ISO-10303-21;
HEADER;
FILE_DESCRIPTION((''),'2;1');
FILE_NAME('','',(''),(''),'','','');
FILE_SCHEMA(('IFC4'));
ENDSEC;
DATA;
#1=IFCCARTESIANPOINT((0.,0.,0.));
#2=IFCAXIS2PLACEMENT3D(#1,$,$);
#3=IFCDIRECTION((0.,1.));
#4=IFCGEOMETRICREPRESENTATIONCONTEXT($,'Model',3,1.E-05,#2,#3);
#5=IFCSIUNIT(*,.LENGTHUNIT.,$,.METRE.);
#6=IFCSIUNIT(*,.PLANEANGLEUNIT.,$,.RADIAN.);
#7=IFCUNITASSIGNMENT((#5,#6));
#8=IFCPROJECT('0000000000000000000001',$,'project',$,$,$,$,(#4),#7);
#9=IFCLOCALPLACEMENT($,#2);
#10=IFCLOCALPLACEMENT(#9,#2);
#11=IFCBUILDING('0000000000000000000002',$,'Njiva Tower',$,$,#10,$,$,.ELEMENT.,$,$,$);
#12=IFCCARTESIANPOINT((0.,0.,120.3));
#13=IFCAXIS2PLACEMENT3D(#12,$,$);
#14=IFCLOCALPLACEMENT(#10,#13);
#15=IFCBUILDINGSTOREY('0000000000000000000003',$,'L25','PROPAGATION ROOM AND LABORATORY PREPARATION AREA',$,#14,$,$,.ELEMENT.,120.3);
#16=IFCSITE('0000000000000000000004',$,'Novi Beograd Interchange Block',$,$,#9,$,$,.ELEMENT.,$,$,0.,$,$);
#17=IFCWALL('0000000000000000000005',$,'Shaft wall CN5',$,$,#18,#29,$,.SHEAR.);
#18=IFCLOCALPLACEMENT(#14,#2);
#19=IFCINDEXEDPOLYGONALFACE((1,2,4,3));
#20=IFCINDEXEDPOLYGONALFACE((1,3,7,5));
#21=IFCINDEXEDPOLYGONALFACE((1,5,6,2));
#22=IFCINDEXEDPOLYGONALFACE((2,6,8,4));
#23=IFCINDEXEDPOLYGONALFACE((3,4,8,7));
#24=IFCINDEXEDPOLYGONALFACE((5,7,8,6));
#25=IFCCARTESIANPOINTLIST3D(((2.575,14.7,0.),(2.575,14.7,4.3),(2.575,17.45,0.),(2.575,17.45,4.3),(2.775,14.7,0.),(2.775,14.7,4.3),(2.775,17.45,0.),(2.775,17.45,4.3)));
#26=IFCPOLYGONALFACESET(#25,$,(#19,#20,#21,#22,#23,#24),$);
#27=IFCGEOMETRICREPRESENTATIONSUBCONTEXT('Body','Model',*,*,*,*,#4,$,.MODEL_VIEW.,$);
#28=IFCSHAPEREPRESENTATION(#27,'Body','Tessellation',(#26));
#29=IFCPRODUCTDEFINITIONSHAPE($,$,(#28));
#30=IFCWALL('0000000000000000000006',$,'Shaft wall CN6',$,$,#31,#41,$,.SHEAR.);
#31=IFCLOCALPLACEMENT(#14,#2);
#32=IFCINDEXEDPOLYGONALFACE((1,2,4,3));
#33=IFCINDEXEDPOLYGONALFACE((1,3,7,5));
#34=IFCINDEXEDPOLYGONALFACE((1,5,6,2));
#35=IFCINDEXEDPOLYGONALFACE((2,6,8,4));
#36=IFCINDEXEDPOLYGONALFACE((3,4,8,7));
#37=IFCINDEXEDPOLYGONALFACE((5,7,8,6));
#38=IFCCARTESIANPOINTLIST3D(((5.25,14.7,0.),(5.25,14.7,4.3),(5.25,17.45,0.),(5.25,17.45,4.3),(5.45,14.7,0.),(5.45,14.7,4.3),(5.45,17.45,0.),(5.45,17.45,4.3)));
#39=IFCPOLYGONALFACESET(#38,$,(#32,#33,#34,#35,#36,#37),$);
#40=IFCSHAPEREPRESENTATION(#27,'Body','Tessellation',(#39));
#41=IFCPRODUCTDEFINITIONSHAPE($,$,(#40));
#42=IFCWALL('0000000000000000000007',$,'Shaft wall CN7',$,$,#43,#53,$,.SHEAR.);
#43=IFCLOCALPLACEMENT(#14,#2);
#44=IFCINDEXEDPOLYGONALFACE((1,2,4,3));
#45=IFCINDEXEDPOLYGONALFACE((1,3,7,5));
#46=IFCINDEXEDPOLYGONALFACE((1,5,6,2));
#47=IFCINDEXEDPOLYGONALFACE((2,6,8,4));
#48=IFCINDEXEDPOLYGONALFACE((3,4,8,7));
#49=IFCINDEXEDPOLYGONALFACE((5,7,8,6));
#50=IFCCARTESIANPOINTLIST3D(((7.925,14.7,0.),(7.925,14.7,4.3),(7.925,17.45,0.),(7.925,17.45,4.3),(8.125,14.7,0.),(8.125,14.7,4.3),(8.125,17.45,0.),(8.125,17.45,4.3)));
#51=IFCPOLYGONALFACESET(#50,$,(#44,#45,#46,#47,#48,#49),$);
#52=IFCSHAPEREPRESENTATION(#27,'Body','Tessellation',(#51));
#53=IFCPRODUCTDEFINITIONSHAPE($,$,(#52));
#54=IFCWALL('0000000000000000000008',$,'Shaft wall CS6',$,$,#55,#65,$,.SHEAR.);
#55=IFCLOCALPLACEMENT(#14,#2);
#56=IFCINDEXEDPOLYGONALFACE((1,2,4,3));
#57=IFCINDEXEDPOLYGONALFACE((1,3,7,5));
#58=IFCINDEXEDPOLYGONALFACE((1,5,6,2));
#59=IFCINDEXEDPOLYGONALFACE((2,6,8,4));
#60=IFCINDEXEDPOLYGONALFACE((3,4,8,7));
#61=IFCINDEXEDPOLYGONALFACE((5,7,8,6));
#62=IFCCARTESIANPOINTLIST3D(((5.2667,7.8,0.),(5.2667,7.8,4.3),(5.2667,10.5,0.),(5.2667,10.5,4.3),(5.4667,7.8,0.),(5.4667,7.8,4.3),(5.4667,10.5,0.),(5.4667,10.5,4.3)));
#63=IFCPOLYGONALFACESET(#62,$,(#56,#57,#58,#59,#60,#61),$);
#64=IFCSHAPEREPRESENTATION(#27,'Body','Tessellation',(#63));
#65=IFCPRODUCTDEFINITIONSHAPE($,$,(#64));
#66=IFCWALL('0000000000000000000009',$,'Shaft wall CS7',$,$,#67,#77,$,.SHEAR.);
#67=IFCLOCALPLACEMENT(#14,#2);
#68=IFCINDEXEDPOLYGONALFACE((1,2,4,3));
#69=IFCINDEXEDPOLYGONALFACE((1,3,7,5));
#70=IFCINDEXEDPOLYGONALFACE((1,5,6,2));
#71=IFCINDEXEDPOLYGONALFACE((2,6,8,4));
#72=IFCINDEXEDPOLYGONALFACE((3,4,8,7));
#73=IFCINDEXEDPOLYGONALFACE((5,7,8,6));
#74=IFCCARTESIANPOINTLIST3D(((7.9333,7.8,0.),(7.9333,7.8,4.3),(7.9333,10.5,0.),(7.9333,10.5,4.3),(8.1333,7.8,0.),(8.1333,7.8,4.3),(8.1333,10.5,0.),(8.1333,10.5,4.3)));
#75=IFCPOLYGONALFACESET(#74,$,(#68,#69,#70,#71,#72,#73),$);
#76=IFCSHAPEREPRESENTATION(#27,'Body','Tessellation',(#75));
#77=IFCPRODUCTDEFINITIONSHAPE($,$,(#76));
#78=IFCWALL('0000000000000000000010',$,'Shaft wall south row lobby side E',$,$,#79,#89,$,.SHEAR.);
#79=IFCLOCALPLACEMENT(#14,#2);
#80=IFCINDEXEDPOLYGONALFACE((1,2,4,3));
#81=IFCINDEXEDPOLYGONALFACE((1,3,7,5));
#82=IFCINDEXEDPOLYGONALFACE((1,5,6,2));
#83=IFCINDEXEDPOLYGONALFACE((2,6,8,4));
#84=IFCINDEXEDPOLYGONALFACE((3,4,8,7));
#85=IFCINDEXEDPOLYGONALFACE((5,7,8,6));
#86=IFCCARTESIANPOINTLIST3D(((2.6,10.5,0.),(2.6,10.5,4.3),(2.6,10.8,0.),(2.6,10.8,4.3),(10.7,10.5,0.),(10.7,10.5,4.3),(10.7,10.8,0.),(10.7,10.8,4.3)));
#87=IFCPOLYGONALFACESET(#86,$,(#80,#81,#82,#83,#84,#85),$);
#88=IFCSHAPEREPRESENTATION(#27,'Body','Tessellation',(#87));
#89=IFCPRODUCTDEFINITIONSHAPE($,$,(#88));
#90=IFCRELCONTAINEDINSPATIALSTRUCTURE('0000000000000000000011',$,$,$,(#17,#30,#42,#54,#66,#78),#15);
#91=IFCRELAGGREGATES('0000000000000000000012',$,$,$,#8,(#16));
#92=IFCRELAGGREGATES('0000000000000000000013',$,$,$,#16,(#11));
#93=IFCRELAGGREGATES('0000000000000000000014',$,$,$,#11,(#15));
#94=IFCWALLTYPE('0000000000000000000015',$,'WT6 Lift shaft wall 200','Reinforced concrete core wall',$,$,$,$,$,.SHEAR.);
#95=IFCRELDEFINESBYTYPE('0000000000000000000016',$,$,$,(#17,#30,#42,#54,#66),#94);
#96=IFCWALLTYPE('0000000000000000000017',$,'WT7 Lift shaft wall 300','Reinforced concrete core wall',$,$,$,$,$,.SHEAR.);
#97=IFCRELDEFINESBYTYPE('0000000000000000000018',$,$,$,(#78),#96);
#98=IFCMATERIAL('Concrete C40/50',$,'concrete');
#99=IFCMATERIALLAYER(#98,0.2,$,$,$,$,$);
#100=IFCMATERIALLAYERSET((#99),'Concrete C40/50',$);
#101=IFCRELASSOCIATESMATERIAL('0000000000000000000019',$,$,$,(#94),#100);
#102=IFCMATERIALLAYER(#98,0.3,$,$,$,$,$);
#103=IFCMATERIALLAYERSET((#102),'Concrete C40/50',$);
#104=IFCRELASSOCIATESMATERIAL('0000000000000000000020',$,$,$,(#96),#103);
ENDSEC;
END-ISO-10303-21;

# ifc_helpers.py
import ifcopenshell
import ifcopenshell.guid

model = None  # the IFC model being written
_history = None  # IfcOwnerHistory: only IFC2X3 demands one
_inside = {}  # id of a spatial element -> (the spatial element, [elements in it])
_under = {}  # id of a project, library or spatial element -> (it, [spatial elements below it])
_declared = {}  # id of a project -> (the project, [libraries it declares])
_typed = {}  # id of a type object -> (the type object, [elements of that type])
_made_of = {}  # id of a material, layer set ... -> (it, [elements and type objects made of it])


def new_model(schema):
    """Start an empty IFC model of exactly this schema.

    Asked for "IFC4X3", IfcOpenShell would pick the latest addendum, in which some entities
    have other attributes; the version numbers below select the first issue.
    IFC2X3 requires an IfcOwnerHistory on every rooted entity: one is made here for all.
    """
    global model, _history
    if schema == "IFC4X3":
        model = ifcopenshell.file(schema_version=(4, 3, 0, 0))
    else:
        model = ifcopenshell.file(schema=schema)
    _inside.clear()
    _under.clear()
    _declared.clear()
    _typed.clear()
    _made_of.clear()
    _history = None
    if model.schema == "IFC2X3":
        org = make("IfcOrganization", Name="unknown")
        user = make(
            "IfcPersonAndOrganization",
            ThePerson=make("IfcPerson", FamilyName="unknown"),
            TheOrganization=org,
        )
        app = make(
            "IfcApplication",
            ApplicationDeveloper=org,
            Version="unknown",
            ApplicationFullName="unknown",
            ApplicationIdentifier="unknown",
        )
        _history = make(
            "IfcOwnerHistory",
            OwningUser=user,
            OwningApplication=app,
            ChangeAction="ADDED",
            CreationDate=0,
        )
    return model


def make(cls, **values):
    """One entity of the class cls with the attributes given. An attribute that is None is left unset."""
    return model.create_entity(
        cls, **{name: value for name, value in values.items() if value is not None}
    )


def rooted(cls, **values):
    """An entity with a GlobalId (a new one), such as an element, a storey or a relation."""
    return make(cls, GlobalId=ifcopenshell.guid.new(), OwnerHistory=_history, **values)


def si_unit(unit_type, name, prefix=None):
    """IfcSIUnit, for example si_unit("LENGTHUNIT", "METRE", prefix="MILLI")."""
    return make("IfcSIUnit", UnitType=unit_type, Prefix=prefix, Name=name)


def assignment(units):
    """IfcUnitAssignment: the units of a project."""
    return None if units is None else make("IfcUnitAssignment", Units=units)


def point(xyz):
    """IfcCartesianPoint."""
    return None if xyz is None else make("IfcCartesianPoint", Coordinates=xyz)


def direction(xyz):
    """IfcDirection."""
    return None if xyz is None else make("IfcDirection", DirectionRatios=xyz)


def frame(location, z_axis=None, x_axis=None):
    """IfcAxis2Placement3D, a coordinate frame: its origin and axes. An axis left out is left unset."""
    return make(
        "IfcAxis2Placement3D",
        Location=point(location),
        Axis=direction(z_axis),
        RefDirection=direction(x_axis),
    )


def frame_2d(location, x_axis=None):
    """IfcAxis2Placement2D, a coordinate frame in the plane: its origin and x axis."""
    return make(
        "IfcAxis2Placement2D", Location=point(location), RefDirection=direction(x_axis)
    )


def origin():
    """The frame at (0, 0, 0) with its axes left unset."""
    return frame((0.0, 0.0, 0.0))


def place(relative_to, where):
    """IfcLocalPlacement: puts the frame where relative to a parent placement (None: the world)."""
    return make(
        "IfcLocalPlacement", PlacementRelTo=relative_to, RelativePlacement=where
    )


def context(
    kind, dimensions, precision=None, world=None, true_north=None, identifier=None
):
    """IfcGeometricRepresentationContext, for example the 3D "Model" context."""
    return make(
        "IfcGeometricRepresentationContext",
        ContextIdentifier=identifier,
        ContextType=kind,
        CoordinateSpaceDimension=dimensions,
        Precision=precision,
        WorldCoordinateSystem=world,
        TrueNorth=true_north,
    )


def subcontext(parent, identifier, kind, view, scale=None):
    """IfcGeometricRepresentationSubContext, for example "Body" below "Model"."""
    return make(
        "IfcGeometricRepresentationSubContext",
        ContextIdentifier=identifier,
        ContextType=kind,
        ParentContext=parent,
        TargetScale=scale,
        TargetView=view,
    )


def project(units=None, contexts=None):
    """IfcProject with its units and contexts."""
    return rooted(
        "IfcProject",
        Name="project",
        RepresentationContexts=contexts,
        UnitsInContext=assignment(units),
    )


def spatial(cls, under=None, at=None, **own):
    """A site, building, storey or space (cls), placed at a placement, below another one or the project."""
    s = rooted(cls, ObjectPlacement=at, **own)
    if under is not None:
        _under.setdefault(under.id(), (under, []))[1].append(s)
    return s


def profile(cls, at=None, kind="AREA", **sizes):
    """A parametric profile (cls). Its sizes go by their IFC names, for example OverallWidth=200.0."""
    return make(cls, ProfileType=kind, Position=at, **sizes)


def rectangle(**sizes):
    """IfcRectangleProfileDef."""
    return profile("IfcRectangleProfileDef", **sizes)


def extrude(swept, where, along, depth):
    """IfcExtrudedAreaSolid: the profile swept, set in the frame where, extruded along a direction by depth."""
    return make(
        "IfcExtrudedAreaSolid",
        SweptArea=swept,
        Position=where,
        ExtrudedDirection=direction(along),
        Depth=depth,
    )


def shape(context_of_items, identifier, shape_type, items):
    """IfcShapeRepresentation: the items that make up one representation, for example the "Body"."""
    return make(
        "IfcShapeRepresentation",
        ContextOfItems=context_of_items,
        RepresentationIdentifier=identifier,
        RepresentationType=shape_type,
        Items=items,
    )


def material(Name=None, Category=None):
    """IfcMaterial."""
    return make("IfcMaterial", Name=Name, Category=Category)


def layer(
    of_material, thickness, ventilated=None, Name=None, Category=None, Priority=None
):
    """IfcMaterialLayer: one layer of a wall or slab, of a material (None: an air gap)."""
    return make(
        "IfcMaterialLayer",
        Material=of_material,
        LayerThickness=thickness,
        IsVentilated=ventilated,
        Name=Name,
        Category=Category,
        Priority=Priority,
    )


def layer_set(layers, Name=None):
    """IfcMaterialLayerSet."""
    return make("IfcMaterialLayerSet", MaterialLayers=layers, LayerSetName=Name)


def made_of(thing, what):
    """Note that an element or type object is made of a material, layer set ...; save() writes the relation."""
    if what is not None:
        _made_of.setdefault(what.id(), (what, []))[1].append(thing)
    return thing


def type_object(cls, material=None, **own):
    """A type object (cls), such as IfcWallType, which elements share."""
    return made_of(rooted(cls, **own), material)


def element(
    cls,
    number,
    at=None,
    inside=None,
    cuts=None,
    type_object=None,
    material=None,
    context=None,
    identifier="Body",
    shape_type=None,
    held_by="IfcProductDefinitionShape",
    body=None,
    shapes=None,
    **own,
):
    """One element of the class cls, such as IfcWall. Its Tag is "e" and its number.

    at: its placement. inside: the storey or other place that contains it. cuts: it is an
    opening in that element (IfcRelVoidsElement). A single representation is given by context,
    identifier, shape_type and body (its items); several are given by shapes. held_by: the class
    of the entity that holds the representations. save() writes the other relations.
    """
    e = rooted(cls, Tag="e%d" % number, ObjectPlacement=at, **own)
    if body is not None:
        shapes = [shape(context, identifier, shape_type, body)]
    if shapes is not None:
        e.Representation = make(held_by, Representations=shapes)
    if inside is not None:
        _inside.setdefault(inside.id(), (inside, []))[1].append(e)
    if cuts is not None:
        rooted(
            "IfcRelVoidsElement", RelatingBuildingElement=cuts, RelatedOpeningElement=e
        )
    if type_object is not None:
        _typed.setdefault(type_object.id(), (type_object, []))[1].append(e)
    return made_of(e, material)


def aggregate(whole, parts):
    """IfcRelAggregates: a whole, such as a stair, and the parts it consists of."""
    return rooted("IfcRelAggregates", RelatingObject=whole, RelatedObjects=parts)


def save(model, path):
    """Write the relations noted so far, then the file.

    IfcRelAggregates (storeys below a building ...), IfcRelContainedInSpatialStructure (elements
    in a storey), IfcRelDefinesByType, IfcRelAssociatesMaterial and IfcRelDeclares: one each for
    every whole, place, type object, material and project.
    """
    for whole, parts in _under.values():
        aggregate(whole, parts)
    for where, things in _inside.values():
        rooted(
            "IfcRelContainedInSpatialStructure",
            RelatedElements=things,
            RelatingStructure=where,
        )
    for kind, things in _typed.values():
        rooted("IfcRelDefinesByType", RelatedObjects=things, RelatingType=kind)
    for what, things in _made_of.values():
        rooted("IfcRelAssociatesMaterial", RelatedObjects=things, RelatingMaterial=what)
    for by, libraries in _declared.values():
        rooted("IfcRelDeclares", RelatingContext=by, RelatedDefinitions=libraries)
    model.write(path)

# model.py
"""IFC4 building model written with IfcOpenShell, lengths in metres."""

from ifc_helpers import new_model, si_unit, direction, frame, frame_2d, origin, place, context, subcontext, project, spatial, rectangle, extrude, material, layer, layer_set, type_object, element, save


model = new_model("IFC4")

# Units and contexts
model_context = context("Model", 3, precision=1e-05, world=origin(), true_north=direction((0.0, 1.0)))
body_context = subcontext(model_context, "Body", "Model", "MODEL_VIEW")
ifc_project = project(units=[si_unit("LENGTHUNIT", "METRE"), si_unit("PLANEANGLEUNIT", "RADIAN")], contexts=[model_context])

# Site, building, storey
site_placement = place(None, origin())
site = spatial("IfcSite", under=ifc_project, at=site_placement, Name="Novi Beograd Interchange Block", CompositionType="ELEMENT", RefElevation=0.0)
building_placement = place(site_placement, origin())
building = spatial("IfcBuilding", under=site, at=building_placement, Name="Njiva Tower", CompositionType="ELEMENT")
storey_placement = place(building_placement, frame((0.0, 0.0, 120.3)))
storey = spatial("IfcBuildingStorey", under=building, at=storey_placement, Name="L25", Description="PROPAGATION ROOM AND LABORATORY PREPARATION AREA", CompositionType="ELEMENT", Elevation=120.3)

# Shared definitions
ifc_material_1 = material(Name="Concrete C40/50", Category="concrete")

# Walls
ifc_layer_1 = layer(ifc_material_1, 0.2)
ifc_layer_set_1 = layer_set([ifc_layer_1], Name="Concrete C40/50")
wall_type_1 = type_object("IfcWallType", Name="WT6 Lift shaft wall 200", Description="Reinforced concrete core wall", PredefinedType="SHEAR", material=ifc_layer_set_1)
for number, where, z_axis, x_axis, name in (
    (1, (2.675, 14.7, 0.0), (0.0, 0.0, 1.0), (0.0, 1.0, 0.0), "Shaft wall CN5"),
    (2, (5.35, 14.7, 0.0), (0.0, 0.0, 1.0), (0.0, 1.0, 0.0), "Shaft wall CN6"),
    (3, (8.025, 14.7, 0.0), (0.0, 0.0, 1.0), (0.0, 1.0, 0.0), "Shaft wall CN7"),
):
    element("IfcWall", number, at=place(storey_placement, frame(where, z_axis=z_axis, x_axis=x_axis)), inside=storey, type_object=wall_type_1, Name=name, PredefinedType="SHEAR", context=body_context, shape_type="SweptSolid", body=[
        extrude(rectangle(XDim=2.75, YDim=0.2, at=frame_2d((1.375, 0.0))), origin(), (0.0, 0.0, 1.0), 4.3),
    ])
for number, where, z_axis, x_axis, name in (
    (4, (5.3667, 7.8, 0.0), (0.0, 0.0, 1.0), (0.0, 1.0, 0.0), "Shaft wall CS6"),
    (5, (8.0333, 7.8, 0.0), (0.0, 0.0, 1.0), (0.0, 1.0, 0.0), "Shaft wall CS7"),
):
    element("IfcWall", number, at=place(storey_placement, frame(where, z_axis=z_axis, x_axis=x_axis)), inside=storey, type_object=wall_type_1, Name=name, PredefinedType="SHEAR", context=body_context, shape_type="SweptSolid", body=[
        extrude(rectangle(XDim=2.7, YDim=0.2, at=frame_2d((1.35, 0.0))), origin(), (0.0, 0.0, 1.0), 4.3),
    ])
ifc_layer_2 = layer(ifc_material_1, 0.3)
ifc_layer_set_2 = layer_set([ifc_layer_2], Name="Concrete C40/50")
wall_type_2 = type_object("IfcWallType", Name="WT7 Lift shaft wall 300", Description="Reinforced concrete core wall", PredefinedType="SHEAR", material=ifc_layer_set_2)
wall_1_placement = place(storey_placement, frame((2.6, 10.65, 0.0), z_axis=(0.0, 0.0, 1.0), x_axis=(1.0, 0.0, 0.0)))
element("IfcWall", 6, at=wall_1_placement, inside=storey, type_object=wall_type_2, Name="Shaft wall south row lobby side E", PredefinedType="SHEAR", context=body_context, shape_type="SweptSolid", body=[
    extrude(rectangle(XDim=8.1, YDim=0.3, at=frame_2d((4.05, 0.0))), origin(), (0.0, 0.0, 1.0), 4.3),
])

save(model, "model.ifc")
